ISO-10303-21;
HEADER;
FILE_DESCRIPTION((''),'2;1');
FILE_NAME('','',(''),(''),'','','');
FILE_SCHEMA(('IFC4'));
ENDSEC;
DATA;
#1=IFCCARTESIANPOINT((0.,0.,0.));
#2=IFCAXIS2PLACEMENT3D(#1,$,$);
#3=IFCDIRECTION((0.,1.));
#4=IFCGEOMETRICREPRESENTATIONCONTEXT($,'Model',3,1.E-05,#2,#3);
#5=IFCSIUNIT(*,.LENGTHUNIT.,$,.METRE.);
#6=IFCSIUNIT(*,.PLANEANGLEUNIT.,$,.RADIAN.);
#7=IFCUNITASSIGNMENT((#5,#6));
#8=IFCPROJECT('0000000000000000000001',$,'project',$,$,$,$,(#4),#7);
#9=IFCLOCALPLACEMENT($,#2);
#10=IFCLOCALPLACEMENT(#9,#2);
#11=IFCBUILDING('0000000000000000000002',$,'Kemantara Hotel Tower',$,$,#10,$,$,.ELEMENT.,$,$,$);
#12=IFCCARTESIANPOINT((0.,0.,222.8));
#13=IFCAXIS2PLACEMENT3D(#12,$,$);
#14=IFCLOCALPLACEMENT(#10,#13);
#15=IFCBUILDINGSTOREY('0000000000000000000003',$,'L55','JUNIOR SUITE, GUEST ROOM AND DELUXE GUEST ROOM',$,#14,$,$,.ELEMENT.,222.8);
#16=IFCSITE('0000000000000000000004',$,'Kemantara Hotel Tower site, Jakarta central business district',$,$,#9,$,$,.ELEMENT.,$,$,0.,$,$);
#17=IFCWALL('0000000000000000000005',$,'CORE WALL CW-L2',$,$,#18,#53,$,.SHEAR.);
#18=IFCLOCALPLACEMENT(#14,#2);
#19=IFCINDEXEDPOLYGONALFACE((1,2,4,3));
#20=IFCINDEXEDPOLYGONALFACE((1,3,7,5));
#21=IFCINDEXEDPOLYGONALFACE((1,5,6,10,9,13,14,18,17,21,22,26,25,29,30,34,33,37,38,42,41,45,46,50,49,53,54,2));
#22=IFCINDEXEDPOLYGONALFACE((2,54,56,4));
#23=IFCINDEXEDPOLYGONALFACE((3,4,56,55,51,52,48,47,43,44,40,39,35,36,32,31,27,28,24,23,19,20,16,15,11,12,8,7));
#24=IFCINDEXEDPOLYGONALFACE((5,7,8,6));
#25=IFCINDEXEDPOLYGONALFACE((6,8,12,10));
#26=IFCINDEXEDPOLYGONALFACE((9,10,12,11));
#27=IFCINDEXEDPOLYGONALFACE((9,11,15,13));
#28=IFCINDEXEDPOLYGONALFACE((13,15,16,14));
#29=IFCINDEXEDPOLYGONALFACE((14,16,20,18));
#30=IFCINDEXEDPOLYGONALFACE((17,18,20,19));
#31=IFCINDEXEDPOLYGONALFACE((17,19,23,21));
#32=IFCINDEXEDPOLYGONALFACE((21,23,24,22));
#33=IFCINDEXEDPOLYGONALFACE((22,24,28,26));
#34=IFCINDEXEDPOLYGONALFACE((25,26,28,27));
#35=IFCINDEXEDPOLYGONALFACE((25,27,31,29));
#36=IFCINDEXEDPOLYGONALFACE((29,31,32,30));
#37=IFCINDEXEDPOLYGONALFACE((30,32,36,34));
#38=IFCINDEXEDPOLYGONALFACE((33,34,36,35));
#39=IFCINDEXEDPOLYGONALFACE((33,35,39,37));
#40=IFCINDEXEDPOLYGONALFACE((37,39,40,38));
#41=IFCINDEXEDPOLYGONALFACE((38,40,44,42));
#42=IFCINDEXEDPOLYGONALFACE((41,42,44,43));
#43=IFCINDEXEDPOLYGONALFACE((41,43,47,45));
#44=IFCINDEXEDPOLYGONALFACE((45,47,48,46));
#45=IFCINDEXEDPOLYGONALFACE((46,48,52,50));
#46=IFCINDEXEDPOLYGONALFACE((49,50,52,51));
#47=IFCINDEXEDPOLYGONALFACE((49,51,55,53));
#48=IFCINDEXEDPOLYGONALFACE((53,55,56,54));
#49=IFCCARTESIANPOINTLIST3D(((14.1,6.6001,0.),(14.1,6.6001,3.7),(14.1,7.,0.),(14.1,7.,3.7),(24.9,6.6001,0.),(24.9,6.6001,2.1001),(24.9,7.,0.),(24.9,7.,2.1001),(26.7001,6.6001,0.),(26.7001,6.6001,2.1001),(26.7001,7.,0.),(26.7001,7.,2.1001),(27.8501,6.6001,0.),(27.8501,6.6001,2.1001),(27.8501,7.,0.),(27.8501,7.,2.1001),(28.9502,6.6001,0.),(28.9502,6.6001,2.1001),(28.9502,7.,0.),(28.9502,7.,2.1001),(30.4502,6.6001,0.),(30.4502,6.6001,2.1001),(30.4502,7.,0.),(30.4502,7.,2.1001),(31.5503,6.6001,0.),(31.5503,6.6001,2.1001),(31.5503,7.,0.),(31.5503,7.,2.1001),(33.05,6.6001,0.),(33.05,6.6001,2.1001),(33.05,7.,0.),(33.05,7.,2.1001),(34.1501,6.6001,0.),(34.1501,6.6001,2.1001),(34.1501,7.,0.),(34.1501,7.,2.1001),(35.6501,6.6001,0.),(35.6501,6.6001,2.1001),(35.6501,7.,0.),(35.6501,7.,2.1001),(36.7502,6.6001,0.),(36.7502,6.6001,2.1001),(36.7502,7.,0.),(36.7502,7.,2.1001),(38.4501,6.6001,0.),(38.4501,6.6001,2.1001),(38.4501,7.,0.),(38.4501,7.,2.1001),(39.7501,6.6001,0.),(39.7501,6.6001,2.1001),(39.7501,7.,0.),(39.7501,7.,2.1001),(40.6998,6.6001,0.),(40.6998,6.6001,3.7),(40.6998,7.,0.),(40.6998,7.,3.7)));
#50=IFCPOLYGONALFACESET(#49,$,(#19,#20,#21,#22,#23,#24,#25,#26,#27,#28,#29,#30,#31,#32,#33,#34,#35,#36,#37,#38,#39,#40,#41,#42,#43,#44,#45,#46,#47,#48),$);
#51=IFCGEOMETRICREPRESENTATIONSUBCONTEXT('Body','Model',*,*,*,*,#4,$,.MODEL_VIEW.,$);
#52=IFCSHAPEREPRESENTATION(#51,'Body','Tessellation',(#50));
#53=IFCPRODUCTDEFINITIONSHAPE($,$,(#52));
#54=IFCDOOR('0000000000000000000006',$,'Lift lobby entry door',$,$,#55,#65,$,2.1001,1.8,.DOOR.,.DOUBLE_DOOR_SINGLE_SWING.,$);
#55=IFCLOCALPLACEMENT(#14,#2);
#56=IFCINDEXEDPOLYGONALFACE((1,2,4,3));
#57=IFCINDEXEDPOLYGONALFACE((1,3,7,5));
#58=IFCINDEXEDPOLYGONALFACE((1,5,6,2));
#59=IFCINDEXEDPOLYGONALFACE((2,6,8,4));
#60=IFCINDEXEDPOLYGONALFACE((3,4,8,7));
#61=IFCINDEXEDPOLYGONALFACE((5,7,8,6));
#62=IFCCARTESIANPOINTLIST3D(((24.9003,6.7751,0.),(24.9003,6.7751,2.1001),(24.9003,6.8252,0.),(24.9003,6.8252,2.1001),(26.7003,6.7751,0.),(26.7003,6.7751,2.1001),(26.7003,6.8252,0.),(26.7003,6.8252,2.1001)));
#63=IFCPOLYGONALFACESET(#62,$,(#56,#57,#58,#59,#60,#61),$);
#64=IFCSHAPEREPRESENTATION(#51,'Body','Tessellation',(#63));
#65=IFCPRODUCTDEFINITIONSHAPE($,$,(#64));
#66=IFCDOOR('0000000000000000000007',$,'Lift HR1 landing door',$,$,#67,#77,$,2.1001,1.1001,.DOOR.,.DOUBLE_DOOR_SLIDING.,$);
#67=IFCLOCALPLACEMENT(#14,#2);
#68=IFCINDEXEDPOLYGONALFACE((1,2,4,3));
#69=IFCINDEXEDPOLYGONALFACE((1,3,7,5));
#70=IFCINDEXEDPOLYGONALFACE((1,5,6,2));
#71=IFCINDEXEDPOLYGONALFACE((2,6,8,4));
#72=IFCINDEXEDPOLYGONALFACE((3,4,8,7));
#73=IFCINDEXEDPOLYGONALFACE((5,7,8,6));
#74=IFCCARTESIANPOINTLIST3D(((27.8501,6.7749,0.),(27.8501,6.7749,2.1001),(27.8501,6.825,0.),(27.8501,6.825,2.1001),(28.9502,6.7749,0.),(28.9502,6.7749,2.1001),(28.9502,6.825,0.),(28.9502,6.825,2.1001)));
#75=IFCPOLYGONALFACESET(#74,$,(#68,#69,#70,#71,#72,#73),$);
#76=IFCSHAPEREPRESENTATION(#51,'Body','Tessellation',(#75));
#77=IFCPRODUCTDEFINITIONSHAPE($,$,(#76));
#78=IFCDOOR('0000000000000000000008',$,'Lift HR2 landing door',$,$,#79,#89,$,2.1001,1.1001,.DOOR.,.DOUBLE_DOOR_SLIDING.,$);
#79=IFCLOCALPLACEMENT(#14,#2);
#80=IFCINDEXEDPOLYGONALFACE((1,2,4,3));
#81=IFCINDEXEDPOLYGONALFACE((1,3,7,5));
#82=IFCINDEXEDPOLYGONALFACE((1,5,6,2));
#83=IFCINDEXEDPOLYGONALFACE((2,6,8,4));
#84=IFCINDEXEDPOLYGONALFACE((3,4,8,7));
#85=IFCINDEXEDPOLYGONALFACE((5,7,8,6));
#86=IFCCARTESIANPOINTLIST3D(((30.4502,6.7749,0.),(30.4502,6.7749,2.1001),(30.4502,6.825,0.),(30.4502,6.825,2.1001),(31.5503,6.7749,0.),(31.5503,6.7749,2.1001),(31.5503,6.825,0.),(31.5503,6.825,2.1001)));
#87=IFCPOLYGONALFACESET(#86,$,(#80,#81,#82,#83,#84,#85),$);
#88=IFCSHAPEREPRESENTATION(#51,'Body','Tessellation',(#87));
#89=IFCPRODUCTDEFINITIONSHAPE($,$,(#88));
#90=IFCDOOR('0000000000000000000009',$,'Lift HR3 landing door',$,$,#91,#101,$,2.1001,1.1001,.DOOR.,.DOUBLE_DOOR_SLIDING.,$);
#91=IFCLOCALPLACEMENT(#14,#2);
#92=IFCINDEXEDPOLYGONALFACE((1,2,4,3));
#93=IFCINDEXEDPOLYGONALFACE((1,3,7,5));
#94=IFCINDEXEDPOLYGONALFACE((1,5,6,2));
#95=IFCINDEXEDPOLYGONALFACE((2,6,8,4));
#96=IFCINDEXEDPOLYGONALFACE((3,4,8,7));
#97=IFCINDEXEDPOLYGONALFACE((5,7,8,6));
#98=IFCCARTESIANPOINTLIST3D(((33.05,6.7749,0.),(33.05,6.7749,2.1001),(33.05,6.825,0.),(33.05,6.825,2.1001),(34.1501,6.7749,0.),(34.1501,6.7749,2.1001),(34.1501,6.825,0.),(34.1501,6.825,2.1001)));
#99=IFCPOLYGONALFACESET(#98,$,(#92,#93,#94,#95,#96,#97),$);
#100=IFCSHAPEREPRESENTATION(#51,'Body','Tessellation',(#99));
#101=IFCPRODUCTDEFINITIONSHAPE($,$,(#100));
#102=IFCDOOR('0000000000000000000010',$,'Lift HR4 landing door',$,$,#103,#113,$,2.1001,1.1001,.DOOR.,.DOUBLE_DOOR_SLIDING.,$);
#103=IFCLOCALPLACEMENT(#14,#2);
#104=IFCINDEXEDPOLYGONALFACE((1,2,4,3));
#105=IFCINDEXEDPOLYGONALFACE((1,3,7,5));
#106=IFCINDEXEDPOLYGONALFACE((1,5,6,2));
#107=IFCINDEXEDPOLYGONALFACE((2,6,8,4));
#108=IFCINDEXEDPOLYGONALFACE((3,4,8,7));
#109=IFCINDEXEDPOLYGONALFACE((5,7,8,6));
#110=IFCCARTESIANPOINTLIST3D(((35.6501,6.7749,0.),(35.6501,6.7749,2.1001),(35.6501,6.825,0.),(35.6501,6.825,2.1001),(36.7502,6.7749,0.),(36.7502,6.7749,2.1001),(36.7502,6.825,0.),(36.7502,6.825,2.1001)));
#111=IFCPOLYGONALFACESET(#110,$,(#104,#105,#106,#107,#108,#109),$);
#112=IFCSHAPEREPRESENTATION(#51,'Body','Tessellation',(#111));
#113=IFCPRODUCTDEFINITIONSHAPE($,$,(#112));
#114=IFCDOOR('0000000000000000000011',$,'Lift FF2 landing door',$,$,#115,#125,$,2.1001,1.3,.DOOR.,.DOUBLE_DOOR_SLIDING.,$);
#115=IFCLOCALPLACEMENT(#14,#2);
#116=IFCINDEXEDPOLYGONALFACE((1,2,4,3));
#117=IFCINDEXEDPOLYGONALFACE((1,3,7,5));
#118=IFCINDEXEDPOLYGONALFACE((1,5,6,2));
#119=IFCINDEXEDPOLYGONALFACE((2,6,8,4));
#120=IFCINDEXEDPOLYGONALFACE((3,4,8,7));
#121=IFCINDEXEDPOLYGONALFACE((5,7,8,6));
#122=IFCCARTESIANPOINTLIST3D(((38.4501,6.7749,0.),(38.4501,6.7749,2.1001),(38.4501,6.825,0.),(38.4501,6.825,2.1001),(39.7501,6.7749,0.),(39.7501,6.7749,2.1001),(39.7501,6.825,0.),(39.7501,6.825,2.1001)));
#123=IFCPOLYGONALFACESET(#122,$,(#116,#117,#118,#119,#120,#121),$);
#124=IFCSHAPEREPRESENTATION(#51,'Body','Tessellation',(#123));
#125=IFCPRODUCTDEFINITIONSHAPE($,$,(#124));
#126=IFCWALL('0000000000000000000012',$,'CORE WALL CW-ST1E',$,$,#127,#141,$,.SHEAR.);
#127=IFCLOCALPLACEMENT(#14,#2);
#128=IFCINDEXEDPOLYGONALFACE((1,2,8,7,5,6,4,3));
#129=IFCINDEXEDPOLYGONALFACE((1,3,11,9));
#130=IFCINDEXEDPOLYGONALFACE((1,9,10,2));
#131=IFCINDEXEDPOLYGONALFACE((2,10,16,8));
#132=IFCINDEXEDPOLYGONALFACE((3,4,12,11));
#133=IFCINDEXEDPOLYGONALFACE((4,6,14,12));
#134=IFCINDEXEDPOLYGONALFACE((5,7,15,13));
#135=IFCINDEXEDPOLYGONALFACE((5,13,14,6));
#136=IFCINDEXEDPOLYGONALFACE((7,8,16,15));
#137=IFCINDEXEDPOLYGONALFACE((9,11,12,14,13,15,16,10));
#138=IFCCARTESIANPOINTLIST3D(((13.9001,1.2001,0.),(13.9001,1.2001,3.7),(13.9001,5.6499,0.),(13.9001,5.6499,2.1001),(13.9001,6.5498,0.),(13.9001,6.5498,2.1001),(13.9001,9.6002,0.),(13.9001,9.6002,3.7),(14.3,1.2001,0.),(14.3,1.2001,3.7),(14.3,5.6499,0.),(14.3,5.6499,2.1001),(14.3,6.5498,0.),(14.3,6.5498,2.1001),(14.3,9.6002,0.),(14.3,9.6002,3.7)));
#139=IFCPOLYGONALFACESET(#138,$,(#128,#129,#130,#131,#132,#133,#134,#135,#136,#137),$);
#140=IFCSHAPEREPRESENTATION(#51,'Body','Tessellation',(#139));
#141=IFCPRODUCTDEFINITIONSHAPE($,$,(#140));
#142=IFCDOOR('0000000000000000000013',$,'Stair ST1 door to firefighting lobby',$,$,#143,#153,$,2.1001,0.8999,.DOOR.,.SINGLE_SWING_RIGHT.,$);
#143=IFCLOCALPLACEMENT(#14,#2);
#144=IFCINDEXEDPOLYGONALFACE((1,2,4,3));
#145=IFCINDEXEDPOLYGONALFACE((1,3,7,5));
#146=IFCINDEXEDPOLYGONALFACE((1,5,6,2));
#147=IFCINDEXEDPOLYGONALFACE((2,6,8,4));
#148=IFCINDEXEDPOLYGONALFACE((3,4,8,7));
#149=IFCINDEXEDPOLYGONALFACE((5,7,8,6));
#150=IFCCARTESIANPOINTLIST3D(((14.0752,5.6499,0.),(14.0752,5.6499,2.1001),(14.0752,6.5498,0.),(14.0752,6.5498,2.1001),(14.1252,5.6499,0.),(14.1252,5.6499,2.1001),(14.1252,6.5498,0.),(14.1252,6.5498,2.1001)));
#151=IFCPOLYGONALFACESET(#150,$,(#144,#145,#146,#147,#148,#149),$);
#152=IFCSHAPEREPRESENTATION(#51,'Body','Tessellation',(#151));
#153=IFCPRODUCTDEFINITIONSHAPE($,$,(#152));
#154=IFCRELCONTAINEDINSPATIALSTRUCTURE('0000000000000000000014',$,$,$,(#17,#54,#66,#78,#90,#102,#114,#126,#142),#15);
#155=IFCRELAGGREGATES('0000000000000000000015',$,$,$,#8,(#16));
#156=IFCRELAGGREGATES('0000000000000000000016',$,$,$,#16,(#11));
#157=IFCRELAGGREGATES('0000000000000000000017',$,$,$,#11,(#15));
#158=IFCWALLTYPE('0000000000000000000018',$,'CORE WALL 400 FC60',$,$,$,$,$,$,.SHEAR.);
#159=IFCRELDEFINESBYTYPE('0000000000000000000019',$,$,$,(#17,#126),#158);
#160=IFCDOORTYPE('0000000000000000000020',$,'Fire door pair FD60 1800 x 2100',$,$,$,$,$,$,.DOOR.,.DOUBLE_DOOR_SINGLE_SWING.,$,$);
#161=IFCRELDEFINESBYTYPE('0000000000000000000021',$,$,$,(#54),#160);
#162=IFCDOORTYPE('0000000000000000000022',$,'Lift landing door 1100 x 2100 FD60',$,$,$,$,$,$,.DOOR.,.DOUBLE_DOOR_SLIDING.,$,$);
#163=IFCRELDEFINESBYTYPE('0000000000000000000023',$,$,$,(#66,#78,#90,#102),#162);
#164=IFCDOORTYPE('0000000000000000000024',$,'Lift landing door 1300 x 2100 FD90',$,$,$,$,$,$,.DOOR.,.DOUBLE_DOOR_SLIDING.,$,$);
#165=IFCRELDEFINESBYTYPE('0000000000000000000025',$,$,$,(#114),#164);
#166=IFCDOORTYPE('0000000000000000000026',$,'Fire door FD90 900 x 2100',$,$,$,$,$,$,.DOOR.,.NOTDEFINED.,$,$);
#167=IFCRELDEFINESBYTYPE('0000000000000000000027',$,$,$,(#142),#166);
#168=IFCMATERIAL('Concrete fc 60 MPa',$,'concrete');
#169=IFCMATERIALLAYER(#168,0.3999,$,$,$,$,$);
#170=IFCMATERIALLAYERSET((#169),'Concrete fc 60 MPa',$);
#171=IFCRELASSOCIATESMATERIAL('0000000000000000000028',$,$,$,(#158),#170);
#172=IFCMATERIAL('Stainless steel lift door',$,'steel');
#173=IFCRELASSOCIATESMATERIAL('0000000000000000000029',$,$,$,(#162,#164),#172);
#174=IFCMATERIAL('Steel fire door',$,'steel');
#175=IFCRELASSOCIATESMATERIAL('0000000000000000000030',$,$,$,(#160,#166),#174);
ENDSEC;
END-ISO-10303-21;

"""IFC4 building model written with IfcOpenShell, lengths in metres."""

from ifc_helpers import new_model, si_unit, direction, frame, frame_2d, origin, place, context, subcontext, project, spatial, rectangle, extrude, material, layer, layer_set, type_object, element, fill, save


model = new_model("IFC4")

# Units and contexts
model_context = context("Model", 3, precision=1e-05, world=origin(), true_north=direction((0.0, 1.0)))
body_context = subcontext(model_context, "Body", "Model", "MODEL_VIEW")
ifc_project = project(units=[si_unit("LENGTHUNIT", "METRE"), si_unit("PLANEANGLEUNIT", "RADIAN")], contexts=[model_context])

# Site, building, storey
site_placement = place(None, origin())
site = spatial("IfcSite", under=ifc_project, at=site_placement, Name="Kemantara Hotel Tower site, Jakarta central business district", CompositionType="ELEMENT", RefElevation=0.0)
building_placement = place(site_placement, origin())
building = spatial("IfcBuilding", under=site, at=building_placement, Name="Kemantara Hotel Tower", CompositionType="ELEMENT")
storey_placement = place(building_placement, frame((0.0, 0.0, 222.8)))
storey = spatial("IfcBuildingStorey", under=building, at=storey_placement, Name="L55", Description="JUNIOR SUITE, GUEST ROOM AND DELUXE GUEST ROOM", CompositionType="ELEMENT", Elevation=222.8)

# Shared definitions
ifc_material_1 = material(Name="Concrete fc 60 MPa", Category="concrete")

# Wall, openings, doors
ifc_layer_1 = layer(ifc_material_1, 0.3999)
ifc_layer_set_1 = layer_set([ifc_layer_1], Name="Concrete fc 60 MPa")
wall_type_1 = type_object("IfcWallType", Name="CORE WALL 400 FC60", PredefinedType="SHEAR", material=ifc_layer_set_1)
ifc_material_2 = material(Name="Steel fire door", Category="steel")
ifc_material_3 = material(Name="Stainless steel lift door", Category="steel")
door_type_1 = type_object("IfcDoorType", Name="Lift landing door 1100 x 2100 FD60", OperationType="DOUBLE_DOOR_SLIDING", PredefinedType="DOOR", material=ifc_material_3)
door_type_2 = type_object("IfcDoorType", Name="Lift landing door 1300 x 2100 FD90", OperationType="DOUBLE_DOOR_SLIDING", PredefinedType="DOOR", material=ifc_material_3)
wall_1_placement = place(storey_placement, frame((14.1001, 6.8, 0.0), z_axis=(0.0, 0.0, 1.0), x_axis=(1.0, 0.0, 0.0)))
wall_1 = element("IfcWall", 1, at=wall_1_placement, inside=storey, type_object=wall_type_1, Name="CORE WALL CW-L2", PredefinedType="SHEAR", context=body_context, shape_type="SweptSolid", body=[
    extrude(rectangle(XDim=26.5999, YDim=0.3999, at=frame_2d((13.2998, 0.0))), origin(), (0.0, 0.0, 1.0), 3.7),
])
opening_1_placement = place(wall_1_placement, frame((10.8, 0.0, 0.0)))
opening_1 = element("IfcOpeningElement", 2, at=opening_1_placement, cuts=wall_1, PredefinedType="OPENING", context=body_context, shape_type="SweptSolid", body=[
    extrude(rectangle(XDim=1.8, YDim=2.1001, at=frame_2d((0.8999, 1.05))), frame((0.0, 0.21, 0.0), z_axis=(0.0, -1.0, 0.0), x_axis=(1.0, 0.0, 0.0)), (0.0, 0.0, 1.0), 0.4199),
])
opening_2_placement = place(wall_1_placement, frame((13.75, 0.0, 0.0)))
opening_2 = element("IfcOpeningElement", 3, at=opening_2_placement, cuts=wall_1, PredefinedType="OPENING", context=body_context, shape_type="SweptSolid", body=[
    extrude(rectangle(XDim=1.1001, YDim=2.1001, at=frame_2d((0.55, 1.05))), frame((0.0, 0.21, 0.0), z_axis=(0.0, -1.0, 0.0), x_axis=(1.0, 0.0, 0.0)), (0.0, 0.0, 1.0), 0.4199),
])
opening_3_placement = place(wall_1_placement, frame((16.3501, 0.0, 0.0)))
opening_3 = element("IfcOpeningElement", 4, at=opening_3_placement, cuts=wall_1, PredefinedType="OPENING", context=body_context, shape_type="SweptSolid", body=[
    extrude(rectangle(XDim=1.1001, YDim=2.1001, at=frame_2d((0.55, 1.05))), frame((0.0, 0.21, 0.0), z_axis=(0.0, -1.0, 0.0), x_axis=(1.0, 0.0, 0.0)), (0.0, 0.0, 1.0), 0.4199),
])
opening_4_placement = place(wall_1_placement, frame((18.95, 0.0, 0.0)))
opening_4 = element("IfcOpeningElement", 5, at=opening_4_placement, cuts=wall_1, PredefinedType="OPENING", context=body_context, shape_type="SweptSolid", body=[
    extrude(rectangle(XDim=1.1001, YDim=2.1001, at=frame_2d((0.55, 1.05))), frame((0.0, 0.21, 0.0), z_axis=(0.0, -1.0, 0.0), x_axis=(1.0, 0.0, 0.0)), (0.0, 0.0, 1.0), 0.4199),
])
opening_5_placement = place(wall_1_placement, frame((21.55, 0.0, 0.0)))
opening_5 = element("IfcOpeningElement", 6, at=opening_5_placement, cuts=wall_1, PredefinedType="OPENING", context=body_context, shape_type="SweptSolid", body=[
    extrude(rectangle(XDim=1.1001, YDim=2.1001, at=frame_2d((0.55, 1.05))), frame((0.0, 0.21, 0.0), z_axis=(0.0, -1.0, 0.0), x_axis=(1.0, 0.0, 0.0)), (0.0, 0.0, 1.0), 0.4199),
])
opening_6_placement = place(wall_1_placement, frame((24.3501, 0.0, 0.0)))
opening_6 = element("IfcOpeningElement", 7, at=opening_6_placement, cuts=wall_1, PredefinedType="OPENING", context=body_context, shape_type="SweptSolid", body=[
    extrude(rectangle(XDim=1.3, YDim=2.1001, at=frame_2d((0.6499, 1.05))), frame((0.0, 0.21, 0.0), z_axis=(0.0, -1.0, 0.0), x_axis=(1.0, 0.0, 0.0)), (0.0, 0.0, 1.0), 0.4199),
])
door_type_3 = type_object("IfcDoorType", Name="Fire door pair FD60 1800 x 2100", OperationType="DOUBLE_DOOR_SINGLE_SWING", PredefinedType="DOOR", material=ifc_material_2)
door_1_placement = place(opening_1_placement, frame((1.8, 0.0, 0.0), z_axis=(0.0, 0.0, 1.0), x_axis=(-1.0, 0.0, 0.0)))
door_1 = element("IfcDoor", 8, at=door_1_placement, inside=storey, type_object=door_type_3, Name="Lift lobby entry door", OperationType="DOUBLE_DOOR_SINGLE_SWING", OverallHeight=2.1001, OverallWidth=1.8, PredefinedType="DOOR", context=body_context, shape_type="SweptSolid", body=[
    extrude(rectangle(XDim=1.8, YDim=2.1001, at=frame_2d((0.8999, 1.05))), frame((0.0, 0.0249, 0.0), z_axis=(0.0, -1.0, 0.0), x_axis=(1.0, 0.0, 0.0)), (0.0, 0.0, 1.0), 0.05),
])
fill(opening_1, door_1)
door_2_placement = place(opening_2_placement, origin())
door_2 = element("IfcDoor", 9, at=door_2_placement, inside=storey, type_object=door_type_1, Name="Lift HR1 landing door", OperationType="DOUBLE_DOOR_SLIDING", OverallHeight=2.1001, OverallWidth=1.1001, PredefinedType="DOOR", context=body_context, shape_type="SweptSolid", body=[
    extrude(rectangle(XDim=1.1001, YDim=2.1001, at=frame_2d((0.55, 1.05))), frame((0.0, 0.0249, 0.0), z_axis=(0.0, -1.0, 0.0), x_axis=(1.0, 0.0, 0.0)), (0.0, 0.0, 1.0), 0.05),
])
fill(opening_2, door_2)
door_3_placement = place(opening_3_placement, origin())
door_3 = element("IfcDoor", 10, at=door_3_placement, inside=storey, type_object=door_type_1, Name="Lift HR2 landing door", OperationType="DOUBLE_DOOR_SLIDING", OverallHeight=2.1001, OverallWidth=1.1001, PredefinedType="DOOR", context=body_context, shape_type="SweptSolid", body=[
    extrude(rectangle(XDim=1.1001, YDim=2.1001, at=frame_2d((0.55, 1.05))), frame((0.0, 0.0249, 0.0), z_axis=(0.0, -1.0, 0.0), x_axis=(1.0, 0.0, 0.0)), (0.0, 0.0, 1.0), 0.05),
])
fill(opening_3, door_3)
door_4_placement = place(opening_4_placement, origin())
door_4 = element("IfcDoor", 11, at=door_4_placement, inside=storey, type_object=door_type_1, Name="Lift HR3 landing door", OperationType="DOUBLE_DOOR_SLIDING", OverallHeight=2.1001, OverallWidth=1.1001, PredefinedType="DOOR", context=body_context, shape_type="SweptSolid", body=[
    extrude(rectangle(XDim=1.1001, YDim=2.1001, at=frame_2d((0.55, 1.05))), frame((0.0, 0.0249, 0.0), z_axis=(0.0, -1.0, 0.0), x_axis=(1.0, 0.0, 0.0)), (0.0, 0.0, 1.0), 0.05),
])
fill(opening_4, door_4)
door_5_placement = place(opening_5_placement, origin())
door_5 = element("IfcDoor", 12, at=door_5_placement, inside=storey, type_object=door_type_1, Name="Lift HR4 landing door", OperationType="DOUBLE_DOOR_SLIDING", OverallHeight=2.1001, OverallWidth=1.1001, PredefinedType="DOOR", context=body_context, shape_type="SweptSolid", body=[
    extrude(rectangle(XDim=1.1001, YDim=2.1001, at=frame_2d((0.55, 1.05))), frame((0.0, 0.0249, 0.0), z_axis=(0.0, -1.0, 0.0), x_axis=(1.0, 0.0, 0.0)), (0.0, 0.0, 1.0), 0.05),
])
fill(opening_5, door_5)
door_6_placement = place(opening_6_placement, origin())
door_6 = element("IfcDoor", 13, at=door_6_placement, inside=storey, type_object=door_type_2, Name="Lift FF2 landing door", OperationType="DOUBLE_DOOR_SLIDING", OverallHeight=2.1001, OverallWidth=1.3, PredefinedType="DOOR", context=body_context, shape_type="SweptSolid", body=[
    extrude(rectangle(XDim=1.3, YDim=2.1001, at=frame_2d((0.6499, 1.05))), frame((0.0, 0.0249, 0.0), z_axis=(0.0, -1.0, 0.0), x_axis=(1.0, 0.0, 0.0)), (0.0, 0.0, 1.0), 0.05),
])
fill(opening_6, door_6)

# Wall, opening, door
wall_2_placement = place(storey_placement, frame((14.1001, 1.2, 0.0), z_axis=(0.0, 0.0, 1.0), x_axis=(0.0, 1.0, 0.0)))
wall_2 = element("IfcWall", 14, at=wall_2_placement, inside=storey, type_object=wall_type_1, Name="CORE WALL CW-ST1E", PredefinedType="SHEAR", context=body_context, shape_type="SweptSolid", body=[
    extrude(rectangle(XDim=8.4001, YDim=0.3999, at=frame_2d((4.2002, 0.0))), origin(), (0.0, 0.0, 1.0), 3.7),
])
opening_7_placement = place(wall_2_placement, frame((4.45, 0.0, 0.0)))
opening_7 = element("IfcOpeningElement", 15, at=opening_7_placement, cuts=wall_2, PredefinedType="OPENING", context=body_context, shape_type="SweptSolid", body=[
    extrude(rectangle(XDim=0.8999, YDim=2.1001, at=frame_2d((0.45, 1.05))), frame((0.0, 0.21, 0.0), z_axis=(0.0, -1.0, 0.0), x_axis=(1.0, 0.0, 0.0)), (0.0, 0.0, 1.0), 0.4199),
])
door_type_4 = type_object("IfcDoorType", Name="Fire door FD90 900 x 2100", OperationType="NOTDEFINED", PredefinedType="DOOR", material=ifc_material_2)
door_7_placement = place(opening_7_placement, origin())
door_7 = element("IfcDoor", 16, at=door_7_placement, inside=storey, type_object=door_type_4, Name="Stair ST1 door to firefighting lobby", OperationType="SINGLE_SWING_RIGHT", OverallHeight=2.1001, OverallWidth=0.8999, PredefinedType="DOOR", context=body_context, shape_type="SweptSolid", body=[
    extrude(rectangle(XDim=0.8999, YDim=2.1001, at=frame_2d((0.45, 1.05))), frame((0.0, 0.0249, 0.0), z_axis=(0.0, -1.0, 0.0), x_axis=(1.0, 0.0, 0.0)), (0.0, 0.0, 1.0), 0.05),
])
fill(opening_7, door_7)

save(model, "model.ifc")
